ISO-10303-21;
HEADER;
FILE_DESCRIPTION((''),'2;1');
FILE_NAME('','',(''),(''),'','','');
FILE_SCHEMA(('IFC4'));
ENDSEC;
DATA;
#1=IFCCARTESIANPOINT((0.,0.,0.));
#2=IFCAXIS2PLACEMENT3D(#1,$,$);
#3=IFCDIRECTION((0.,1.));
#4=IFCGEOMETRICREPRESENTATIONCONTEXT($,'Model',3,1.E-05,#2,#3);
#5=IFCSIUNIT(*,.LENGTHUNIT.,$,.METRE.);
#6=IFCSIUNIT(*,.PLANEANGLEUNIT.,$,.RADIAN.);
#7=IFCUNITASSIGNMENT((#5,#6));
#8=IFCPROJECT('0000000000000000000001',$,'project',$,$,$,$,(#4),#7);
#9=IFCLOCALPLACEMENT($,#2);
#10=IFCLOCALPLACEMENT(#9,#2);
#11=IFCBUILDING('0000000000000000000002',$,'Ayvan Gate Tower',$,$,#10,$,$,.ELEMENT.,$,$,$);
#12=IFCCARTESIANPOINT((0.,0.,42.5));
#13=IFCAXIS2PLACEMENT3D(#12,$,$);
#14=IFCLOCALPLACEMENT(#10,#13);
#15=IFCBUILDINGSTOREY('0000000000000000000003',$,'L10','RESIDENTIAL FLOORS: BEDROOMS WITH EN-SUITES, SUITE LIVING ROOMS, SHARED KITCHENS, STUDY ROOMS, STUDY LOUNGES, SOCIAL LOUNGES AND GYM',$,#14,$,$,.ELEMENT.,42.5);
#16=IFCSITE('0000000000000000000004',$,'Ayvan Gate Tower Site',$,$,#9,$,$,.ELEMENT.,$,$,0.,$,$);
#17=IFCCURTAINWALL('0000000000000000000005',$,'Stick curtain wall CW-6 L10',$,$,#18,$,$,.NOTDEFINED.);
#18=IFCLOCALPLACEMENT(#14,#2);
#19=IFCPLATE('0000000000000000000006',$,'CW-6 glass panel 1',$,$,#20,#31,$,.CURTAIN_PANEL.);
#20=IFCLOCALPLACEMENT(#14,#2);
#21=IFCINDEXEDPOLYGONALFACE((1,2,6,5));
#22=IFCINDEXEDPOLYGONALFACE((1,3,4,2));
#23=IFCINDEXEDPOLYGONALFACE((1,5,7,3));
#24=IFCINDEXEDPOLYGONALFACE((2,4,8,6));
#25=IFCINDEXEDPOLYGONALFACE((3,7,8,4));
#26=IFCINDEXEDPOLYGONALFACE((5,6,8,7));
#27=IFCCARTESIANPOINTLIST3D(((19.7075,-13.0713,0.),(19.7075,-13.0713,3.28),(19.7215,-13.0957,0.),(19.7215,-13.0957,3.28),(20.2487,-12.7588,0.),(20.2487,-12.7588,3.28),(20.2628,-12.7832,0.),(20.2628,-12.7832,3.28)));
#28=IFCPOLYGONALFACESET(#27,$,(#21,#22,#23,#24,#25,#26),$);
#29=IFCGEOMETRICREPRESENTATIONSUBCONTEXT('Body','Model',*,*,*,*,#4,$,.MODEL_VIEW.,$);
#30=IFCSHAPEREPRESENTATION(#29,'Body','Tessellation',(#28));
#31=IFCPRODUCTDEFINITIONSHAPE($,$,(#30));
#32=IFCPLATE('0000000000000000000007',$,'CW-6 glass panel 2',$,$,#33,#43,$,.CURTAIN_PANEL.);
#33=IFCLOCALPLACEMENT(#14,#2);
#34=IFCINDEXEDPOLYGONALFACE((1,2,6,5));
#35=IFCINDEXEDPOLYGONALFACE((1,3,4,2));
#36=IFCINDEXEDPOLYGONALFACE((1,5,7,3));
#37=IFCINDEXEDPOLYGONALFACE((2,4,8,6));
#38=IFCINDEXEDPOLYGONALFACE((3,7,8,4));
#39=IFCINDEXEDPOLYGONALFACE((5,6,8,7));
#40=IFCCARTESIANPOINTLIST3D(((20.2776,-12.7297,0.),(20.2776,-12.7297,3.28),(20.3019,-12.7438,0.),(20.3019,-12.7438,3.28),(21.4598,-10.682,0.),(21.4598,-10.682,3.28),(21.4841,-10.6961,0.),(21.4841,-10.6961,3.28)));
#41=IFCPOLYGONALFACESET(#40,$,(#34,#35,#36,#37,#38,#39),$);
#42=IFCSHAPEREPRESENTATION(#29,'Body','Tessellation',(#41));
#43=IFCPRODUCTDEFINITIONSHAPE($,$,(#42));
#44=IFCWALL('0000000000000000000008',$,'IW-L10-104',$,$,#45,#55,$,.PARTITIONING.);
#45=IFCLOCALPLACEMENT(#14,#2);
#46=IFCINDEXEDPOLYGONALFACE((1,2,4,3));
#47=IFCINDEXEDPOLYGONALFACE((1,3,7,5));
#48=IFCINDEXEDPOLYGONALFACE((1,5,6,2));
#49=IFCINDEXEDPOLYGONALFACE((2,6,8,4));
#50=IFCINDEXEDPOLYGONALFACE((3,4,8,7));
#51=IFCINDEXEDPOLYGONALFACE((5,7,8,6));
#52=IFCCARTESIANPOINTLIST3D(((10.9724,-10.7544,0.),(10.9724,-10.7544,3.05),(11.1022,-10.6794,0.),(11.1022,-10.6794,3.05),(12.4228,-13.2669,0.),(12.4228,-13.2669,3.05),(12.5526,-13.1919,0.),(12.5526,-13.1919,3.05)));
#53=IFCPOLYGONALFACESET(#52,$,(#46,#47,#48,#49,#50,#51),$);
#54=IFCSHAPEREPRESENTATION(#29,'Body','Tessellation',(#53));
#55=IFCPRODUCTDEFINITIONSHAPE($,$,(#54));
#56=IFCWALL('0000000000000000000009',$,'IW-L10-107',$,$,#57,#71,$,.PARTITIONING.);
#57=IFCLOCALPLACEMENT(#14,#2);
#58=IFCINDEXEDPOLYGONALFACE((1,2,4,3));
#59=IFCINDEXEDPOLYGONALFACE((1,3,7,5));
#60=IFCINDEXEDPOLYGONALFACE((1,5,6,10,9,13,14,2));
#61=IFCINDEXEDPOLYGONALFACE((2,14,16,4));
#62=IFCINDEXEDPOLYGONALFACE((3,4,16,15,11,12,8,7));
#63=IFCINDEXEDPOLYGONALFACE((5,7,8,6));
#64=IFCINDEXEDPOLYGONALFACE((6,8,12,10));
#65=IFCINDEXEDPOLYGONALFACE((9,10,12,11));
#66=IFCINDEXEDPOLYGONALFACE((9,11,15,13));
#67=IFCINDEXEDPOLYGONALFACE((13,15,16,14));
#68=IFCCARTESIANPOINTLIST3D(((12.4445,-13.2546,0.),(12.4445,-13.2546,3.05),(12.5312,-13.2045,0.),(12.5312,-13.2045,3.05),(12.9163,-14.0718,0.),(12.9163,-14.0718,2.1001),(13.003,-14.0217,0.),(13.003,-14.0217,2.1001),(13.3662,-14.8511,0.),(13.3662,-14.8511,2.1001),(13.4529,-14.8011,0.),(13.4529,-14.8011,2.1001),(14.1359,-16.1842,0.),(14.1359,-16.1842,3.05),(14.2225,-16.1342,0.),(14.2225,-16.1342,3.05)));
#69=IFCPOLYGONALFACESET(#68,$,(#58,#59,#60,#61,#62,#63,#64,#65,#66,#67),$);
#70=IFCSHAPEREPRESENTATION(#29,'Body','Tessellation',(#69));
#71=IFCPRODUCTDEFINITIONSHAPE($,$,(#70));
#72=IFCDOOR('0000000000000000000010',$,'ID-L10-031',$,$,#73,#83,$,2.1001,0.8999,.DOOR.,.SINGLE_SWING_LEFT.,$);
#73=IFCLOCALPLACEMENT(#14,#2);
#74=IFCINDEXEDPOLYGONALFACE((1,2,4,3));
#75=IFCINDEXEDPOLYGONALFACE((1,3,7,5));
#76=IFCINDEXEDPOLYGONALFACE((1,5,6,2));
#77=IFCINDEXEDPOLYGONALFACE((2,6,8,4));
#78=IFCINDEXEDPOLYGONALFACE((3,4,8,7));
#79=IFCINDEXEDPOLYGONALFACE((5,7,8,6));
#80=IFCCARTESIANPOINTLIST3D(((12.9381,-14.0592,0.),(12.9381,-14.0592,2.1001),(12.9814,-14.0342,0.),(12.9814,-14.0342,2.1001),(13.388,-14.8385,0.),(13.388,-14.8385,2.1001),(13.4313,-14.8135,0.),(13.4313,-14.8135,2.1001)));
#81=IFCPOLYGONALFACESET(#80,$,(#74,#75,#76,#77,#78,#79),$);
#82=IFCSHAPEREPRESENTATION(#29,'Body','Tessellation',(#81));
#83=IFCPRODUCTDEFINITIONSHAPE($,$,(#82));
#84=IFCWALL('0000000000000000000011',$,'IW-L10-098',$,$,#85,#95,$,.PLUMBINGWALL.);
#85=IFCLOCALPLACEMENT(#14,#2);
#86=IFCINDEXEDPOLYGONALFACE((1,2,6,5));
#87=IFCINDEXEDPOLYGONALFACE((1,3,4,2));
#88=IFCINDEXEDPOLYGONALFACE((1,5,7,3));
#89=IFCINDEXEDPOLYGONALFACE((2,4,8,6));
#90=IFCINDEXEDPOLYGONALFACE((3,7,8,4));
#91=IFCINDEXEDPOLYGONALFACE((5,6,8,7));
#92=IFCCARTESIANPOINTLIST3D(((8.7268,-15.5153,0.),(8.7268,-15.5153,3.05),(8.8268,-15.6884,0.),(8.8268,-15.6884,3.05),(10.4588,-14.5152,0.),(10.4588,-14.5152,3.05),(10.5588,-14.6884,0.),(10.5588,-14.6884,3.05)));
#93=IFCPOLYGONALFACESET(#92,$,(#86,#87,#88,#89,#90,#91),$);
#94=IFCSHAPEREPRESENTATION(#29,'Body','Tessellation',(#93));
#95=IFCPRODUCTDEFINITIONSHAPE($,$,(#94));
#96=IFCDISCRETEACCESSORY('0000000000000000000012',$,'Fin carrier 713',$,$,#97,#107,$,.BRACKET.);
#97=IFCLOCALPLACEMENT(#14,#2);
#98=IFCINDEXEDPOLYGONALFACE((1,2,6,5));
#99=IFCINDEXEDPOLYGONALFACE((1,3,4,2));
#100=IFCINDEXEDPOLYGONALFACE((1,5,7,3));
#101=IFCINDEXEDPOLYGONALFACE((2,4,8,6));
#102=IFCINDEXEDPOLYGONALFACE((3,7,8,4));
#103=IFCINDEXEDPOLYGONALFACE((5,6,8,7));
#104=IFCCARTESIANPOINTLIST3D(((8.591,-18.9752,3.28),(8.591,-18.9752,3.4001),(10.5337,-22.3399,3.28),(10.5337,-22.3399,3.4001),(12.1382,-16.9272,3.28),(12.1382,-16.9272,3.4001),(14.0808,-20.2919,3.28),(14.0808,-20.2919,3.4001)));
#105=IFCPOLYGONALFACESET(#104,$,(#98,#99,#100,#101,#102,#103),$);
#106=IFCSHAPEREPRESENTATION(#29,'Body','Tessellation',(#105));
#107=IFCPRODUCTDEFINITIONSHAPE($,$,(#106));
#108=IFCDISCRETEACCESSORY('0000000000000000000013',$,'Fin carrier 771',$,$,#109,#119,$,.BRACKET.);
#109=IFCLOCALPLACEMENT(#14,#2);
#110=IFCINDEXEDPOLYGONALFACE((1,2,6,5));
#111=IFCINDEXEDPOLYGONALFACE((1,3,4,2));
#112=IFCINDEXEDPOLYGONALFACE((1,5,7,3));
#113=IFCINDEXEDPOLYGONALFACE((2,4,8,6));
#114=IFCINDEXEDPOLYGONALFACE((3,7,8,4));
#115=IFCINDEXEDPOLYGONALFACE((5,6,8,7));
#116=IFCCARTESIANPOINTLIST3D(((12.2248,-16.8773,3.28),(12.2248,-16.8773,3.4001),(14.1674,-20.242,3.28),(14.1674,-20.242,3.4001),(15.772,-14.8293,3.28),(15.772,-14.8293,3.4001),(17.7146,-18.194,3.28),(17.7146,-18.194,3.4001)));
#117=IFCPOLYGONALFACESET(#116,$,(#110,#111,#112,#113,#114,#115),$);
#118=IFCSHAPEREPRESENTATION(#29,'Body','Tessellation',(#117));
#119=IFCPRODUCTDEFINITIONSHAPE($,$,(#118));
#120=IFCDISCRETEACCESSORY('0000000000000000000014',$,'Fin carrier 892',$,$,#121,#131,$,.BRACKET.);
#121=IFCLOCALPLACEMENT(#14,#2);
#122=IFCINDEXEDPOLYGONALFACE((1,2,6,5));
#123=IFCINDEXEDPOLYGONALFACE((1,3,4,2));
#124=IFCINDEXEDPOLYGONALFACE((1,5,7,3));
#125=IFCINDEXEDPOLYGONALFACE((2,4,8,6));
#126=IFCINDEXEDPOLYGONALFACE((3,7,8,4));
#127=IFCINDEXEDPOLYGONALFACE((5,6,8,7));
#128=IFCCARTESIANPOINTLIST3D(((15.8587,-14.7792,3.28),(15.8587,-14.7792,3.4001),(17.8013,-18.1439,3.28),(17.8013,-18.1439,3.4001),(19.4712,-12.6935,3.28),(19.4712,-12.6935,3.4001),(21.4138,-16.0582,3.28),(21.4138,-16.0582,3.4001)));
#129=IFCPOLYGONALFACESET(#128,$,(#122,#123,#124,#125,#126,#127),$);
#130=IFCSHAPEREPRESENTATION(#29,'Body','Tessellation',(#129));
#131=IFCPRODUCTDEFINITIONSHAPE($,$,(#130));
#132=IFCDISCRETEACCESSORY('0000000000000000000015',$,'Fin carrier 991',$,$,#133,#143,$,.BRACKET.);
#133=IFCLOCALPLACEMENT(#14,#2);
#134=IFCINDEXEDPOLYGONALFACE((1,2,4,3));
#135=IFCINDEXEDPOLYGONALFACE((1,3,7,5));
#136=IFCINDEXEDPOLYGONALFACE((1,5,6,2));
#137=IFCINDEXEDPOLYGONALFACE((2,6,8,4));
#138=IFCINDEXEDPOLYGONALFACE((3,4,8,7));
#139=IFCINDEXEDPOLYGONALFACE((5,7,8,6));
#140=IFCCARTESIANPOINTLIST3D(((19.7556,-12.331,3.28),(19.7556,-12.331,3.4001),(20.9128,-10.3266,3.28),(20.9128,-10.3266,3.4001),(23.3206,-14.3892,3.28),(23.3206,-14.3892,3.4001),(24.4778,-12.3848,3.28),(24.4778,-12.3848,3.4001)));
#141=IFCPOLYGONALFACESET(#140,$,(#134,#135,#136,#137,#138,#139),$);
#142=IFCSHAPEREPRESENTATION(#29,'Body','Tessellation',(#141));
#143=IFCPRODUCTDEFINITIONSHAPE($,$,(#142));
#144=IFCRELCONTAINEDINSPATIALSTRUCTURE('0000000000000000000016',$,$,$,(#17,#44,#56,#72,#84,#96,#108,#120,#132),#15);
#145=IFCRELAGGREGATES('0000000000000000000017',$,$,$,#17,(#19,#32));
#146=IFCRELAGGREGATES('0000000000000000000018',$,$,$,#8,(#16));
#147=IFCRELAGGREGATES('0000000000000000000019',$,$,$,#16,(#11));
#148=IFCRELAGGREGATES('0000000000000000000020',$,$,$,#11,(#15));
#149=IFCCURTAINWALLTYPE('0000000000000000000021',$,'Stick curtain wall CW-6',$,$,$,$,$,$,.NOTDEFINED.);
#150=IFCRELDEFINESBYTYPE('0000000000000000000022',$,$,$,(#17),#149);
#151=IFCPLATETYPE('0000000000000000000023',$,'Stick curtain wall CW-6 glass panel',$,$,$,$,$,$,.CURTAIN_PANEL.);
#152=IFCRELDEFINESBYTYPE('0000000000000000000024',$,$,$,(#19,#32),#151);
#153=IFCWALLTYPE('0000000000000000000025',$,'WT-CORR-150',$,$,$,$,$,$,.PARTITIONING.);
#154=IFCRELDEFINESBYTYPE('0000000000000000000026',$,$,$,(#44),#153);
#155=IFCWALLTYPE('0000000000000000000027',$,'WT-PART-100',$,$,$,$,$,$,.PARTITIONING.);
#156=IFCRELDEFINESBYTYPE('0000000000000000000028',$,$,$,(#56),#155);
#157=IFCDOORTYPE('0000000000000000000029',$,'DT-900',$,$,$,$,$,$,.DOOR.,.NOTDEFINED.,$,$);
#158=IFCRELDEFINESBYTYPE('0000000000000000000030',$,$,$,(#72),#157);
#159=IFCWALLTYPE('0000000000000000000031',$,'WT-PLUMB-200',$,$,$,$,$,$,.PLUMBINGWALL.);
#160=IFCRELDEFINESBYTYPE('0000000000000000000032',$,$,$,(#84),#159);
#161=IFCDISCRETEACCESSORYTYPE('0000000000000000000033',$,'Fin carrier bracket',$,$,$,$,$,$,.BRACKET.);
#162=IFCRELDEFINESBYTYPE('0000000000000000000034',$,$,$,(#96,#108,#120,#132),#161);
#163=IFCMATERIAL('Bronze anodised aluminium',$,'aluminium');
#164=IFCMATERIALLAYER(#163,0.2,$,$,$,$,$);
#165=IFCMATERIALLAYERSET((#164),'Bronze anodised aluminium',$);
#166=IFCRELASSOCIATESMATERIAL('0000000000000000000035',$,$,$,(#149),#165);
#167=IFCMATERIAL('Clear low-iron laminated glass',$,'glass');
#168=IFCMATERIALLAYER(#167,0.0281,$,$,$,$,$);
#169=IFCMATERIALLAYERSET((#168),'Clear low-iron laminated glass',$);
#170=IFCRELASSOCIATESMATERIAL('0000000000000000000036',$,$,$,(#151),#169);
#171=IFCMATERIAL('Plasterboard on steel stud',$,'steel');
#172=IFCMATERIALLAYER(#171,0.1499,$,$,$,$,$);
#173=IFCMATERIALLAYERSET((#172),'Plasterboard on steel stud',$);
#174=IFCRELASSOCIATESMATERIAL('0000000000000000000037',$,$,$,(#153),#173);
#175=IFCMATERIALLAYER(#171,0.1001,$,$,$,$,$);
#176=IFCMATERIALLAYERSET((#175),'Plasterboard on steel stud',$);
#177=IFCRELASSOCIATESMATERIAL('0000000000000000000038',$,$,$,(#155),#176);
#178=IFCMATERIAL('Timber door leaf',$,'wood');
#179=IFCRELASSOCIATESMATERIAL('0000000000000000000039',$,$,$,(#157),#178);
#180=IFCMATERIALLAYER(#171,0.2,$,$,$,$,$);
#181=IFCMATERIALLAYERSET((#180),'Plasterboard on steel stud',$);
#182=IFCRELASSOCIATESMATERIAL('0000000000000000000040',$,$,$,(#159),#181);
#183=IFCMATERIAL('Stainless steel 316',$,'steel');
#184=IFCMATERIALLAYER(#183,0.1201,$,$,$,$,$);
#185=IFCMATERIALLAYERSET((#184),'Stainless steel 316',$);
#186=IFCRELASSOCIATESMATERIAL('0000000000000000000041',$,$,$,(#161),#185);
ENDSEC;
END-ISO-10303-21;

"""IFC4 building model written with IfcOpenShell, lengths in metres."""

from ifc_helpers import new_model, si_unit, direction, frame, frame_2d, origin, origin_2d, place, context, subcontext, project, spatial, rectangle, extrude, material, layer, layer_set, type_object, element, fill, aggregate, save


model = new_model("IFC4")

# Units and contexts
model_context = context("Model", 3, precision=1e-05, world=origin(), true_north=direction((0.0, 1.0)))
body_context = subcontext(model_context, "Body", "Model", "MODEL_VIEW")
ifc_project = project(units=[si_unit("LENGTHUNIT", "METRE"), si_unit("PLANEANGLEUNIT", "RADIAN")], contexts=[model_context])

# Site, building, storey
site_placement = place(None, origin())
site = spatial("IfcSite", under=ifc_project, at=site_placement, Name="Ayvan Gate Tower Site", CompositionType="ELEMENT", RefElevation=0.0)
building_placement = place(site_placement, origin())
building = spatial("IfcBuilding", under=site, at=building_placement, Name="Ayvan Gate Tower", CompositionType="ELEMENT")
storey_placement = place(building_placement, frame((0.0, 0.0, 42.5)))
storey = spatial("IfcBuildingStorey", under=building, at=storey_placement, Name="L10", Description="RESIDENTIAL FLOORS: BEDROOMS WITH EN-SUITES, SUITE LIVING ROOMS, SHARED KITCHENS, STUDY ROOMS, STUDY LOUNGES, SOCIAL LOUNGES AND GYM", CompositionType="ELEMENT", Elevation=42.5)

# Curtain wall
ifc_material_1 = material(Name="Bronze anodised aluminium", Category="aluminium")
ifc_layer_1 = layer(ifc_material_1, 0.2)
ifc_layer_set_1 = layer_set([ifc_layer_1], Name="Bronze anodised aluminium")
curtain_wall_type_1 = type_object("IfcCurtainWallType", Name="Stick curtain wall CW-6", PredefinedType="NOTDEFINED", material=ifc_layer_set_1)
curtain_wall_1_placement = place(storey_placement, origin())
curtain_wall_1 = element("IfcCurtainWall", 1, at=curtain_wall_1_placement, inside=storey, type_object=curtain_wall_type_1, Name="Stick curtain wall CW-6 L10", PredefinedType="NOTDEFINED")

# Plates
ifc_material_2 = material(Name="Clear low-iron laminated glass", Category="glass")
ifc_layer_2 = layer(ifc_material_2, 0.0281)
ifc_layer_set_2 = layer_set([ifc_layer_2], Name="Clear low-iron laminated glass")
plate_type_1 = type_object("IfcPlateType", Name="Stick curtain wall CW-6 glass panel", PredefinedType="CURTAIN_PANEL", material=ifc_layer_set_2)
plate_1_placement = place(storey_placement, frame((19.9851, -12.9272, 0.0), z_axis=(0.0, 0.0, 1.0), x_axis=(0.866025, 0.5, 0.0)))
plate_1 = element("IfcPlate", 2, at=plate_1_placement, type_object=plate_type_1, Name="CW-6 glass panel 1", PredefinedType="CURTAIN_PANEL", context=body_context, shape_type="SweptSolid", body=[
    extrude(rectangle(XDim=0.625, YDim=0.0281, at=origin_2d()), origin(), (0.0, 0.0, 1.0), 3.28),
])
plate_2_placement = place(storey_placement, frame((20.8809, -11.7129, 0.0), z_axis=(0.0, 0.0, 1.0), x_axis=(0.5, 0.866025, 0.0)))
plate_2 = element("IfcPlate", 3, at=plate_2_placement, type_object=plate_type_1, Name="CW-6 glass panel 2", PredefinedType="CURTAIN_PANEL", context=body_context, shape_type="SweptSolid", body=[
    extrude(rectangle(XDim=2.3645, YDim=0.0281, at=origin_2d()), origin(), (0.0, 0.0, 1.0), 3.28),
])
aggregate(curtain_wall_1, [plate_1, plate_2])

# Wall
ifc_material_3 = material(Name="Plasterboard on steel stud", Category="steel")
ifc_layer_3 = layer(ifc_material_3, 0.1499)
ifc_layer_set_3 = layer_set([ifc_layer_3], Name="Plasterboard on steel stud")
wall_type_1 = type_object("IfcWallType", Name="WT-CORR-150", PredefinedType="PARTITIONING", material=ifc_layer_set_3)
wall_1_placement = place(storey_placement, frame((12.4878, -13.2295, 0.0), z_axis=(0.0, 0.0, 1.0), x_axis=(-0.499968, 0.866044, 0.0)))
element("IfcWall", 4, at=wall_1_placement, inside=storey, type_object=wall_type_1, Name="IW-L10-104", PredefinedType="PARTITIONING", context=body_context, shape_type="SweptSolid", body=[
    extrude(rectangle(XDim=2.9011, YDim=0.1499, at=frame_2d((1.4507, 0.0))), origin(), (0.0, 0.0, 1.0), 3.05),
])

# Wall, opening, door
ifc_layer_4 = layer(ifc_material_3, 0.1001)
ifc_layer_set_4 = layer_set([ifc_layer_4], Name="Plasterboard on steel stud")
wall_type_2 = type_object("IfcWallType", Name="WT-PART-100", PredefinedType="PARTITIONING", material=ifc_layer_set_4)
wall_2_placement = place(storey_placement, frame((14.1792, -16.1592, 0.0), z_axis=(0.0, 0.0, 1.0), x_axis=(-0.499989, 0.866032, 0.0)))
wall_2 = element("IfcWall", 5, at=wall_2_placement, inside=storey, type_object=wall_type_2, Name="IW-L10-107", PredefinedType="PARTITIONING", context=body_context, shape_type="SweptSolid", body=[
    extrude(rectangle(XDim=3.3828, YDim=0.1001, at=frame_2d((1.6914, 0.0))), origin(), (0.0, 0.0, 1.0), 3.05),
])
opening_placement = place(wall_2_placement, frame((1.5393, 0.0, 0.0)))
opening = element("IfcOpeningElement", 6, at=opening_placement, cuts=wall_2, PredefinedType="OPENING", context=body_context, shape_type="SweptSolid", body=[
    extrude(rectangle(XDim=0.8999, YDim=2.1001, at=frame_2d((0.45, 1.05))), frame((0.0, 0.0601, 0.0), z_axis=(0.0, -1.0, 0.0), x_axis=(1.0, 0.0, 0.0)), (0.0, 0.0, 1.0), 0.1201),
])
ifc_material_4 = material(Name="Timber door leaf", Category="wood")
door_type = type_object("IfcDoorType", Name="DT-900", OperationType="NOTDEFINED", PredefinedType="DOOR", material=ifc_material_4)
door_placement = place(opening_placement, origin())
door = element("IfcDoor", 7, at=door_placement, inside=storey, type_object=door_type, Name="ID-L10-031", OperationType="SINGLE_SWING_LEFT", OverallHeight=2.1001, OverallWidth=0.8999, PredefinedType="DOOR", context=body_context, shape_type="SweptSolid", body=[
    extrude(rectangle(XDim=0.8999, YDim=2.1001, at=frame_2d((0.45, 1.05))), frame((0.0, 0.0249, 0.0), z_axis=(0.0, -1.0, 0.0), x_axis=(1.0, 0.0, 0.0)), (0.0, 0.0, 1.0), 0.05),
])
fill(opening, door)

# Wall
ifc_layer_5 = layer(ifc_material_3, 0.2)
ifc_layer_set_5 = layer_set([ifc_layer_5], Name="Plasterboard on steel stud")
wall_type_3 = type_object("IfcWallType", Name="WT-PLUMB-200", PredefinedType="PLUMBINGWALL", material=ifc_layer_set_5)
wall_3_placement = place(storey_placement, frame((10.5088, -14.6018, 0.0), z_axis=(0.0, 0.0, 1.0), x_axis=(-0.866011, -0.500025, 0.0)))
element("IfcWall", 8, at=wall_3_placement, inside=storey, type_object=wall_type_3, Name="IW-L10-098", PredefinedType="PLUMBINGWALL", context=body_context, shape_type="SweptSolid", body=[
    extrude(rectangle(XDim=2.0, YDim=0.2, at=frame_2d((1.0, 0.0))), origin(), (0.0, 0.0, 1.0), 3.05),
])

# Discrete accessories
ifc_material_5 = material(Name="Stainless steel 316", Category="steel")
ifc_layer_6 = layer(ifc_material_5, 0.1201)
ifc_layer_set_6 = layer_set([ifc_layer_6], Name="Stainless steel 316")
discrete_accessory_type = type_object("IfcDiscreteAccessoryType", Name="Fin carrier bracket", PredefinedType="BRACKET", material=ifc_layer_set_6)
for number, where, z_axis, x_axis, name in (
    (9, (11.3359, -19.6335, 3.28), (0.0, 0.0, 1.0), (0.866025, 0.5, 0.0), "Fin carrier 713"),
    (10, (14.9697, -17.5356, 3.28), (0.0, 0.0, 1.0), (0.866025, 0.5, 0.0), "Fin carrier 771"),
):
    element("IfcDiscreteAccessory", number, at=place(storey_placement, frame(where, z_axis=z_axis, x_axis=x_axis)), inside=storey, type_object=discrete_accessory_type, Name=name, PredefinedType="BRACKET", context=body_context, shape_type="SweptSolid", body=[
        extrude(rectangle(XDim=4.0959, YDim=3.8853, at=origin_2d()), origin(), (0.0, 0.0, 1.0), 0.1201),
    ])
discrete_accessory_1_placement = place(storey_placement, frame((18.6362, -15.4187, 3.28), z_axis=(0.0, 0.0, 1.0), x_axis=(0.866025, 0.5, 0.0)))
element("IfcDiscreteAccessory", 11, at=discrete_accessory_1_placement, inside=storey, type_object=discrete_accessory_type, Name="Fin carrier 892", PredefinedType="BRACKET", context=body_context, shape_type="SweptSolid", body=[
    extrude(rectangle(XDim=4.1714, YDim=3.8853, at=origin_2d()), origin(), (0.0, 0.0, 1.0), 0.1201),
])
discrete_accessory_2_placement = place(storey_placement, frame((22.1167, -12.3579, 3.28), z_axis=(0.0, 0.0, 1.0), x_axis=(0.5, 0.866025, 0.0)))
element("IfcDiscreteAccessory", 12, at=discrete_accessory_2_placement, inside=storey, type_object=discrete_accessory_type, Name="Fin carrier 991", PredefinedType="BRACKET", context=body_context, shape_type="SweptSolid", body=[
    extrude(rectangle(XDim=2.3145, YDim=4.1165, at=origin_2d()), origin(), (0.0, 0.0, 1.0), 0.1201),
])

save(model, "model.ifc")
